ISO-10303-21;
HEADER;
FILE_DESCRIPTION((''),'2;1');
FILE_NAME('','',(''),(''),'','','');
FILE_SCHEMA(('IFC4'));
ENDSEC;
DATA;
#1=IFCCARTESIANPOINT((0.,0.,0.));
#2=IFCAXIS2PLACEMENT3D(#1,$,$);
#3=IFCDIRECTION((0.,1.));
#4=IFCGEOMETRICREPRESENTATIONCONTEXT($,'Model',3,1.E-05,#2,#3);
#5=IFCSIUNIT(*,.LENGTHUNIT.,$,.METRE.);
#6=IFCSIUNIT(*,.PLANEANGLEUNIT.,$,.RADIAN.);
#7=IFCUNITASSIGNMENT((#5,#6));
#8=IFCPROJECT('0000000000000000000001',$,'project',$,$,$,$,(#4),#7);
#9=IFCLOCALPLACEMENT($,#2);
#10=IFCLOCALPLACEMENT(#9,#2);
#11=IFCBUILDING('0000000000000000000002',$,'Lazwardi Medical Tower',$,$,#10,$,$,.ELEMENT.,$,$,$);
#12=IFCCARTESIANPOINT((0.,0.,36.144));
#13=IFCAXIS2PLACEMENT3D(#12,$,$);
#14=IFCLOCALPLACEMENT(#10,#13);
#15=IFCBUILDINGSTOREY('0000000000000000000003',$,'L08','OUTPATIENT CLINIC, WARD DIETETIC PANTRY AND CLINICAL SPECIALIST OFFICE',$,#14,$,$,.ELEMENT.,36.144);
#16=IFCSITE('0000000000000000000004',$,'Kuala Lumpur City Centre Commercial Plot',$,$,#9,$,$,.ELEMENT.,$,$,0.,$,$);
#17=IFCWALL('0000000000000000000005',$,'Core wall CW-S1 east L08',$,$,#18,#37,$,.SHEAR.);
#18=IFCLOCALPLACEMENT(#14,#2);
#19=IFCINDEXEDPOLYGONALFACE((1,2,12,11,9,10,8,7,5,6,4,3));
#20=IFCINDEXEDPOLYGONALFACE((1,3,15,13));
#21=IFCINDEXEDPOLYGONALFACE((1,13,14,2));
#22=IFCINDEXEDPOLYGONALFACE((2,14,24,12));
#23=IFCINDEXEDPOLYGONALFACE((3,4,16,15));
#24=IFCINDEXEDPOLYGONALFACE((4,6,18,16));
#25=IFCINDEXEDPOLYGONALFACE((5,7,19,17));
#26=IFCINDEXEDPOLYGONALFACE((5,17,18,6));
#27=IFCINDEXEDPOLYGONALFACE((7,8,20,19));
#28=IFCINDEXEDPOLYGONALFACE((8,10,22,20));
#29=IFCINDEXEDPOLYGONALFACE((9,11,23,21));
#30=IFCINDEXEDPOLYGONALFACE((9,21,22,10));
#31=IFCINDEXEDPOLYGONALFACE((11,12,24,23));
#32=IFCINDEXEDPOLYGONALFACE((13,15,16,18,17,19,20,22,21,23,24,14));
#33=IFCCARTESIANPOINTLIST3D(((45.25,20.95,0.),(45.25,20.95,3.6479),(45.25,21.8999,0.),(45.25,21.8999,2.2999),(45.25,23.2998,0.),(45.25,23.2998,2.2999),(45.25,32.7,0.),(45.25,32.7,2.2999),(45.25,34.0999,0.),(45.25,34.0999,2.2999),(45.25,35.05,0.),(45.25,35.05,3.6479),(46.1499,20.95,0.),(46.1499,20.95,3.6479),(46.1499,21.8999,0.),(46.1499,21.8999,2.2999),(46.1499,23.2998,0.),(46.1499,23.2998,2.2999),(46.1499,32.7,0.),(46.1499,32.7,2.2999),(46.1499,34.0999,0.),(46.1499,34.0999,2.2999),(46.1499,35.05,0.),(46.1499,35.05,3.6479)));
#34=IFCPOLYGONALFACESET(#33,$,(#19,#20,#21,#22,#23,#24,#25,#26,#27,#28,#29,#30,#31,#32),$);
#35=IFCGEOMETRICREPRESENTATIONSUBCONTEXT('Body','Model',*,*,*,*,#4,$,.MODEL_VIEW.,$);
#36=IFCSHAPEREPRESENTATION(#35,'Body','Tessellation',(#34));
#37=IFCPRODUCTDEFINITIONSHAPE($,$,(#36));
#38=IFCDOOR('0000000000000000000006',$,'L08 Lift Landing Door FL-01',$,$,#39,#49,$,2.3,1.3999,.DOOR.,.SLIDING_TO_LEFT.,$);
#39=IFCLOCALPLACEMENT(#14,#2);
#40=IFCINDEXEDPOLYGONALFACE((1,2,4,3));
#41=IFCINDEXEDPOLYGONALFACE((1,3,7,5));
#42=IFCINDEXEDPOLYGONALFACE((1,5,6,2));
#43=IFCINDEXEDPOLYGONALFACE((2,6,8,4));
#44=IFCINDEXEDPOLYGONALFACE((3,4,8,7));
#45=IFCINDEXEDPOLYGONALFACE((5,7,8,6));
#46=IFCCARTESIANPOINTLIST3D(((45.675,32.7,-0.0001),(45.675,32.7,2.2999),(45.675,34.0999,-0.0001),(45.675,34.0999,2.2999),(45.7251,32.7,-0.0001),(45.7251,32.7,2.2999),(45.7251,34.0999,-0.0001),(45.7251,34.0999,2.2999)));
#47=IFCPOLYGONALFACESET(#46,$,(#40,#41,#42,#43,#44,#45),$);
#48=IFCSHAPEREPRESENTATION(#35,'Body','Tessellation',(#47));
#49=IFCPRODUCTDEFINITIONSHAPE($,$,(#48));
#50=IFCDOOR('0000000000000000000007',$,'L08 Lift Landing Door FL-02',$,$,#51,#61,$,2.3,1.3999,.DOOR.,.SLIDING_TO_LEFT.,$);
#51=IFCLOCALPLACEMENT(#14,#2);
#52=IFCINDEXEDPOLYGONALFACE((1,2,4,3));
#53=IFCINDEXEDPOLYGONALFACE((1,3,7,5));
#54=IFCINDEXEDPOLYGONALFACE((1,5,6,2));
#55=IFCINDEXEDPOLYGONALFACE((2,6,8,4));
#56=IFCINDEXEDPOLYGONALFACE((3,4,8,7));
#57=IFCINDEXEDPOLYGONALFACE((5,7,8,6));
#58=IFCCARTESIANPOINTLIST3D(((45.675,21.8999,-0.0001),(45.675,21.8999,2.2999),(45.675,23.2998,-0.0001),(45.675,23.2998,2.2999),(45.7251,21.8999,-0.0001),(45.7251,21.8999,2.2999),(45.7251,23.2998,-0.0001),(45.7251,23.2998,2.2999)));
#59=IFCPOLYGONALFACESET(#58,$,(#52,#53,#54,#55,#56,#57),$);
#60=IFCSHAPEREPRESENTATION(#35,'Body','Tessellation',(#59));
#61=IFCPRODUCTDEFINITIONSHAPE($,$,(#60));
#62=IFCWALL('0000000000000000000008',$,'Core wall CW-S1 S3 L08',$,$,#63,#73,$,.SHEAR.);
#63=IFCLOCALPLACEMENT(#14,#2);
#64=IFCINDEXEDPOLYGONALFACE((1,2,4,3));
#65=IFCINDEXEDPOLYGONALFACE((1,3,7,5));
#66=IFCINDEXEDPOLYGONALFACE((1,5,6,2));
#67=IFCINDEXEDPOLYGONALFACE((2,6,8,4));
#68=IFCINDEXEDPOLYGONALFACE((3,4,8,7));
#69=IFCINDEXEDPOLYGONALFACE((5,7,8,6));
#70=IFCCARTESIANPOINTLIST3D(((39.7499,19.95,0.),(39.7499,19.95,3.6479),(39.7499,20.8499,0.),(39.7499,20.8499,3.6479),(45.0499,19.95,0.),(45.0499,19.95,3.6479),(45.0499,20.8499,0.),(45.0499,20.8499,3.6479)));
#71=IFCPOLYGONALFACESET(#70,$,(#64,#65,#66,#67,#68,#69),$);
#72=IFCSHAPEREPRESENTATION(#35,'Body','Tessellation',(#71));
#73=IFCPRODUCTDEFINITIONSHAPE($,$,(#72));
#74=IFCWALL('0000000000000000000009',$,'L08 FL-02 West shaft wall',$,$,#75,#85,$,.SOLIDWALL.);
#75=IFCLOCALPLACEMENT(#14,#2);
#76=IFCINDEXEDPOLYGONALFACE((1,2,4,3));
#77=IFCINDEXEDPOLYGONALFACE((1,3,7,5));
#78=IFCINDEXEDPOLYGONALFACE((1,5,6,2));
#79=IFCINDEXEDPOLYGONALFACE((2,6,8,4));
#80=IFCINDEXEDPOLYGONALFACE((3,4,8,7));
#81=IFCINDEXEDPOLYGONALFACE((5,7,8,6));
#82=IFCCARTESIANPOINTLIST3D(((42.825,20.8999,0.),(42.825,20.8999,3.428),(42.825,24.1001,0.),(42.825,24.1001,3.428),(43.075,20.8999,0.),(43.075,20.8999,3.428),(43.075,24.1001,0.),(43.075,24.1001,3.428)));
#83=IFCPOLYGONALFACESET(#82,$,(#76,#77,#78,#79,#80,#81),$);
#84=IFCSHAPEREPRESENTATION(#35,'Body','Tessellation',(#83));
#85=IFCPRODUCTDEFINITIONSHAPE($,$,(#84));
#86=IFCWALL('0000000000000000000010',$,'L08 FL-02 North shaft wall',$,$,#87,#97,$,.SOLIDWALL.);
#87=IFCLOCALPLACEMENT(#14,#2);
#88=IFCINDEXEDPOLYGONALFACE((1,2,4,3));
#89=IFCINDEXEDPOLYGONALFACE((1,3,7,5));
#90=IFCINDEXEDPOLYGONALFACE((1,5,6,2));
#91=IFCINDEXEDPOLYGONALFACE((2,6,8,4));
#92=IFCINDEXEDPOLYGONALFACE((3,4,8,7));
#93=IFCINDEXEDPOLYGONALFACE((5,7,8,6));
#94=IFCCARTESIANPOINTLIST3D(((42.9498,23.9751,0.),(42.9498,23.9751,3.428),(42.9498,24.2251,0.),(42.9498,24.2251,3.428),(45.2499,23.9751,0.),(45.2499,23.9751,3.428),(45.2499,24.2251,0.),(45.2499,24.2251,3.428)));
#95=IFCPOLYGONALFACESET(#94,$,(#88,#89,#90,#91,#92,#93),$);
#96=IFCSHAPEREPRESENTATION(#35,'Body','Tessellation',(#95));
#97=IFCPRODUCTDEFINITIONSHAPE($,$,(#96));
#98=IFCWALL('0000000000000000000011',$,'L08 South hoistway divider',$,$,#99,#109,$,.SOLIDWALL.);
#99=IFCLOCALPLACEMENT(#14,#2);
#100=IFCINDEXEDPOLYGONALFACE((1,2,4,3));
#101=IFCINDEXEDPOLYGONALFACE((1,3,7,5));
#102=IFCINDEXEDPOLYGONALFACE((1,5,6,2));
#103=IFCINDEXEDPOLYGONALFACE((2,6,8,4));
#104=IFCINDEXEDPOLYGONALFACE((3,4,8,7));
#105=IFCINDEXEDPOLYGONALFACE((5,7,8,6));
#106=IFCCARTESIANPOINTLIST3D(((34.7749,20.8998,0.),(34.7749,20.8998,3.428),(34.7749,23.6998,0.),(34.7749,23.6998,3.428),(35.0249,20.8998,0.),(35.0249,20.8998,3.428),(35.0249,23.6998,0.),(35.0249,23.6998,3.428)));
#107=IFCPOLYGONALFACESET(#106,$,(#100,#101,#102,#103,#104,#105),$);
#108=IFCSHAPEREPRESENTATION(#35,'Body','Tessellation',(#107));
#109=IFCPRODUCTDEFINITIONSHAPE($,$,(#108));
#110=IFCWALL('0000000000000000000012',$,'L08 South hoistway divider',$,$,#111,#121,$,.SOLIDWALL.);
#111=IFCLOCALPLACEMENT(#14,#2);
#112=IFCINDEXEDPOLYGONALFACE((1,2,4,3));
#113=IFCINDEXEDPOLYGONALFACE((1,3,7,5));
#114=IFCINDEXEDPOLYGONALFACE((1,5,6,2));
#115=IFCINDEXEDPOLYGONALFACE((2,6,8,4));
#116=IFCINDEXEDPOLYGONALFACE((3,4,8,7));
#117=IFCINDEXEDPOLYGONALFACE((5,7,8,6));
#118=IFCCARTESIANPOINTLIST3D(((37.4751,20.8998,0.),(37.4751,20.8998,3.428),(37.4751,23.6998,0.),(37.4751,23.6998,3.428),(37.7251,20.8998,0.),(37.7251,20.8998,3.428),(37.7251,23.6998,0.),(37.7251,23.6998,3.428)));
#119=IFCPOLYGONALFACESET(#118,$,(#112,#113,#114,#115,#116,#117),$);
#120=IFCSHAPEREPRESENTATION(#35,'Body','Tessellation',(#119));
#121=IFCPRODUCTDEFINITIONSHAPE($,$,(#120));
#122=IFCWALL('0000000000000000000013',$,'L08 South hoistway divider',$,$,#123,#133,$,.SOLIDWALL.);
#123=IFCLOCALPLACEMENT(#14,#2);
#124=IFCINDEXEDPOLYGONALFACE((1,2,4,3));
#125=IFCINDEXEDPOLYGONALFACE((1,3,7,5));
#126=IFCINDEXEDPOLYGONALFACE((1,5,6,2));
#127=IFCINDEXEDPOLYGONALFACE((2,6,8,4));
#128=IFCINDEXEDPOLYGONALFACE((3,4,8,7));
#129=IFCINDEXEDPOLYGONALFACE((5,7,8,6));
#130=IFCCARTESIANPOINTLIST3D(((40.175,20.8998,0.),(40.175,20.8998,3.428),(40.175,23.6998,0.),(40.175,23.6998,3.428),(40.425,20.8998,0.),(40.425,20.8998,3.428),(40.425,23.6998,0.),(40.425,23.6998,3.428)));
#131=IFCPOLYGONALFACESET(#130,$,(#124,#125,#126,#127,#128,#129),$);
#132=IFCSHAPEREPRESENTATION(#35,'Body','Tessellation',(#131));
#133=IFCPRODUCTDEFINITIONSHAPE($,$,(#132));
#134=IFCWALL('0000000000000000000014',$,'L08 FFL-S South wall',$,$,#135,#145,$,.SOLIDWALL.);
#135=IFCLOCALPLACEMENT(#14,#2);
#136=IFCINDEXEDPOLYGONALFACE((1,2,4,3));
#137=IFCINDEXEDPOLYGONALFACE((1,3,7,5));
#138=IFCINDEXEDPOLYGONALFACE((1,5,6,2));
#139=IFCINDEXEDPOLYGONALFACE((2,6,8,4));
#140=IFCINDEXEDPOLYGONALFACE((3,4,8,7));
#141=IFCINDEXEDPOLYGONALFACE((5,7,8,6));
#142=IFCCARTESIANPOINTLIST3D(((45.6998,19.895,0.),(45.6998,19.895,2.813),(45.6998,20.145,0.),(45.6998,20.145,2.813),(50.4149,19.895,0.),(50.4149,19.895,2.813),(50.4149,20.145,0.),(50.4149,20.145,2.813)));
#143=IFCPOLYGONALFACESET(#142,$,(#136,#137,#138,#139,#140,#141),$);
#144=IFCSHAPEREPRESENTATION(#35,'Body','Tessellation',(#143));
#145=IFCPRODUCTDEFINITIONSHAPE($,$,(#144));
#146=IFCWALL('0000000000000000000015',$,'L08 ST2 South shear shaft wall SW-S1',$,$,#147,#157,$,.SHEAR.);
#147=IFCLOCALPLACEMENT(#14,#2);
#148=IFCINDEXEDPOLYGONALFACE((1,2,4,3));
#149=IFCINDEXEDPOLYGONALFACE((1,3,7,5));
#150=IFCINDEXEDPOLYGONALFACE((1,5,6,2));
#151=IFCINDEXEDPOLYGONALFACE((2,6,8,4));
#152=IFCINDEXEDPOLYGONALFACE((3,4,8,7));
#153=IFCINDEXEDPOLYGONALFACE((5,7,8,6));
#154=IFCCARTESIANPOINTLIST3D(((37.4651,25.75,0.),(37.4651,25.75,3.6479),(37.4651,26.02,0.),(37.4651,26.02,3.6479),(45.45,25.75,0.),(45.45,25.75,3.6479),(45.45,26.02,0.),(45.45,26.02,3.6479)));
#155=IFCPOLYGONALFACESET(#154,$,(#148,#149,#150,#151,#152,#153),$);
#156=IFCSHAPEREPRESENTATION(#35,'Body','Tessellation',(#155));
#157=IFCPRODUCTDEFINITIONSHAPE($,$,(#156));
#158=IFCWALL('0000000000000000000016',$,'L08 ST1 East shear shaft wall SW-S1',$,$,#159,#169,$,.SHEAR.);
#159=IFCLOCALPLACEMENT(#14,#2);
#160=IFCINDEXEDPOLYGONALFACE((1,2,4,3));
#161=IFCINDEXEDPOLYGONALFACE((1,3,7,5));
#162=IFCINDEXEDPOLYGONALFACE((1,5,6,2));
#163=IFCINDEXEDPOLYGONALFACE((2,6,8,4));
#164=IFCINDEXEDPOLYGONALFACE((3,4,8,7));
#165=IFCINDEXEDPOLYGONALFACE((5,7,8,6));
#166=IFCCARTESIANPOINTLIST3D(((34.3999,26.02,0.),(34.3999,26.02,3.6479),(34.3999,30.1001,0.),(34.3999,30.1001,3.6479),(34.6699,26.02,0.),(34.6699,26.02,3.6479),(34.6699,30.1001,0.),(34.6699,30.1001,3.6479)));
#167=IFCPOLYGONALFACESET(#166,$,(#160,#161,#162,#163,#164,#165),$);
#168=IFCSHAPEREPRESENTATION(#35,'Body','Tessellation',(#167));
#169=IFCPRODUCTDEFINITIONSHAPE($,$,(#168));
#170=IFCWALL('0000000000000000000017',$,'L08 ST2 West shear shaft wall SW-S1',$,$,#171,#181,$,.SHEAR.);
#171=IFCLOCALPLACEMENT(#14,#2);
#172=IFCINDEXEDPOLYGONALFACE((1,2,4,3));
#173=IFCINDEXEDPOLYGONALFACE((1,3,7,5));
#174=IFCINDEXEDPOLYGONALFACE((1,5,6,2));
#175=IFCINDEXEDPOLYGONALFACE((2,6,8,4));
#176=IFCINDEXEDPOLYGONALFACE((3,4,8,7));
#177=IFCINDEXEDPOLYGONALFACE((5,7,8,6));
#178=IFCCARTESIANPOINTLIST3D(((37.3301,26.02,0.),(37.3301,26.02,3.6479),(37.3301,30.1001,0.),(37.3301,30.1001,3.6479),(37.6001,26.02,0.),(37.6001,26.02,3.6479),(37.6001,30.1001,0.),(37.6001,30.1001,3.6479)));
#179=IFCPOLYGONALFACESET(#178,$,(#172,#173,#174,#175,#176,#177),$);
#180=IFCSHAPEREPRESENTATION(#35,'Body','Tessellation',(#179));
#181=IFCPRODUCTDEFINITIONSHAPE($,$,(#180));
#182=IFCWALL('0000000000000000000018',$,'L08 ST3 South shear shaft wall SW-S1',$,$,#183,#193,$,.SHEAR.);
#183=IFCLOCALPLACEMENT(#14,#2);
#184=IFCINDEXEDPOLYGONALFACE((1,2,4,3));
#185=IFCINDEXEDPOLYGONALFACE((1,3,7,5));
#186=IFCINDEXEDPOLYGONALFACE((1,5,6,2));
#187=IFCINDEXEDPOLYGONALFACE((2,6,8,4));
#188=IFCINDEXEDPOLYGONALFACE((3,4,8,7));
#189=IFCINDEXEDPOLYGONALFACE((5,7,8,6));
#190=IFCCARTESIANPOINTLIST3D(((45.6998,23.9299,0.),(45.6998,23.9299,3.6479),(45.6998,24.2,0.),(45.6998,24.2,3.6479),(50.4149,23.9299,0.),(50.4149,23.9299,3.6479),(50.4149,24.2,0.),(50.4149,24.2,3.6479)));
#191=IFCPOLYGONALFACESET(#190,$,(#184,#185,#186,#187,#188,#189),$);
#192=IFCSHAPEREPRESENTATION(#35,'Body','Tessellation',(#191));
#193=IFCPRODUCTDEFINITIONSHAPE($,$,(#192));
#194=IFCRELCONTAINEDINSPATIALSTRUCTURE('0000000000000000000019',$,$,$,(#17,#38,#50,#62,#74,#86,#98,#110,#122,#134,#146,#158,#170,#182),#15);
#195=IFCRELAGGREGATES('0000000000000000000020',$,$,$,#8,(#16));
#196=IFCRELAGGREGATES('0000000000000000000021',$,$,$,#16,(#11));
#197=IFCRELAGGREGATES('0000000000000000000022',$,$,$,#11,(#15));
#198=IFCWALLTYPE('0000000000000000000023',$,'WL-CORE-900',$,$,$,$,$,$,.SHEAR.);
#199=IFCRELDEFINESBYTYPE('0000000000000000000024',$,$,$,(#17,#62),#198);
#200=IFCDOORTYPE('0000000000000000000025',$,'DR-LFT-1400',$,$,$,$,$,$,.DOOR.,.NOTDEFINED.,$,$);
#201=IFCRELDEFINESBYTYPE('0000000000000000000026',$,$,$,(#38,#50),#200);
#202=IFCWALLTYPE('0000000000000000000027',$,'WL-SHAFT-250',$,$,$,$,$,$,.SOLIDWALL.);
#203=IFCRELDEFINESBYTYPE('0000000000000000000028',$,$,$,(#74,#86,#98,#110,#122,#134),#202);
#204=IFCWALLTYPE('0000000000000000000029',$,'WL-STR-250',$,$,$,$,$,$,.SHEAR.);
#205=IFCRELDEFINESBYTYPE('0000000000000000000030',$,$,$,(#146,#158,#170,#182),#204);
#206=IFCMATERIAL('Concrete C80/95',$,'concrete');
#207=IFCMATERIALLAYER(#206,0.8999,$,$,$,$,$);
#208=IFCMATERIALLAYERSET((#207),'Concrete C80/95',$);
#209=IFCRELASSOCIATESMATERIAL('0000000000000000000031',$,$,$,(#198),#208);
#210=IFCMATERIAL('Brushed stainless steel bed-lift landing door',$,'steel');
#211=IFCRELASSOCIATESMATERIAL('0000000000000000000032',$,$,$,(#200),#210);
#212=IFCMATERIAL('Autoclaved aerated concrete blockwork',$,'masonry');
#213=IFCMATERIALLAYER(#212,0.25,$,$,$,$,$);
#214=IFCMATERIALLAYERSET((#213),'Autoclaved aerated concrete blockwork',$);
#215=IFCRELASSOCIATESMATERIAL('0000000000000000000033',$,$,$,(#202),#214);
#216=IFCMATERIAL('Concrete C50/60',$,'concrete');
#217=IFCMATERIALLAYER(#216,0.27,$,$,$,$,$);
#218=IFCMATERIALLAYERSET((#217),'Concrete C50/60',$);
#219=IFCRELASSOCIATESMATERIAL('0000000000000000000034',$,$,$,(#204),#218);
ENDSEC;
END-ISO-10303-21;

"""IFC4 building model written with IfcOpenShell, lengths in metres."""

from ifc_helpers import new_model, si_unit, direction, frame, frame_2d, origin, place, context, subcontext, project, spatial, rectangle, extrude, material, layer, layer_set, type_object, element, fill, save


model = new_model("IFC4")

# Units and contexts
model_context = context("Model", 3, precision=1e-05, world=origin(), true_north=direction((0.0, 1.0)))
body_context = subcontext(model_context, "Body", "Model", "MODEL_VIEW")
ifc_project = project(units=[si_unit("LENGTHUNIT", "METRE"), si_unit("PLANEANGLEUNIT", "RADIAN")], contexts=[model_context])

# Site, building, storey
site_placement = place(None, origin())
site = spatial("IfcSite", under=ifc_project, at=site_placement, Name="Kuala Lumpur City Centre Commercial Plot", CompositionType="ELEMENT", RefElevation=0.0)
building_placement = place(site_placement, origin())
building = spatial("IfcBuilding", under=site, at=building_placement, Name="Lazwardi Medical Tower", CompositionType="ELEMENT")
storey_placement = place(building_placement, frame((0.0, 0.0, 36.144)))
storey = spatial("IfcBuildingStorey", under=building, at=storey_placement, Name="L08", Description="OUTPATIENT CLINIC, WARD DIETETIC PANTRY AND CLINICAL SPECIALIST OFFICE", CompositionType="ELEMENT", Elevation=36.144)

# Shared definitions
ifc_material_1 = material(Name="Concrete C80/95", Category="concrete")

# Wall, openings, doors
ifc_layer_1 = layer(ifc_material_1, 0.8999)
ifc_layer_set_1 = layer_set([ifc_layer_1], Name="Concrete C80/95")
wall_type_1 = type_object("IfcWallType", Name="WL-CORE-900", PredefinedType="SHEAR", material=ifc_layer_set_1)
wall_1_placement = place(storey_placement, frame((45.7, 20.95, 0.0), z_axis=(0.0, 0.0, 1.0), x_axis=(0.0, 1.0, 0.0)))
wall_1 = element("IfcWall", 1, at=wall_1_placement, inside=storey, type_object=wall_type_1, Name="Core wall CW-S1 east L08", PredefinedType="SHEAR", context=body_context, shape_type="SweptSolid", body=[
    extrude(rectangle(XDim=14.1001, YDim=0.8999, at=frame_2d((7.05, 0.0))), origin(), (0.0, 0.0, 1.0), 3.6479),
])
opening_1_placement = place(wall_1_placement, frame((11.75, 0.0, 0.0)))
opening_1 = element("IfcOpeningElement", 2, at=opening_1_placement, cuts=wall_1, PredefinedType="OPENING", context=body_context, shape_type="SweptSolid", body=[
    extrude(rectangle(XDim=1.3999, YDim=2.3, at=frame_2d((0.7, 1.1499))), frame((0.0, 0.46, 0.0), z_axis=(0.0, -1.0, 0.0), x_axis=(1.0, 0.0, 0.0)), (0.0, 0.0, 1.0), 0.9199),
])
opening_2_placement = place(wall_1_placement, frame((0.95, 0.0, 0.0)))
opening_2 = element("IfcOpeningElement", 3, at=opening_2_placement, cuts=wall_1, PredefinedType="OPENING", context=body_context, shape_type="SweptSolid", body=[
    extrude(rectangle(XDim=1.3999, YDim=2.3, at=frame_2d((0.7, 1.1499))), frame((0.0, 0.46, 0.0), z_axis=(0.0, -1.0, 0.0), x_axis=(1.0, 0.0, 0.0)), (0.0, 0.0, 1.0), 0.9199),
])
ifc_material_2 = material(Name="Brushed stainless steel bed-lift landing door", Category="steel")
door_type_1 = type_object("IfcDoorType", Name="DR-LFT-1400", OperationType="NOTDEFINED", PredefinedType="DOOR", material=ifc_material_2)
door_1_placement = place(opening_1_placement, origin())
door_1 = element("IfcDoor", 4, at=door_1_placement, inside=storey, type_object=door_type_1, Name="L08 Lift Landing Door FL-01", OperationType="SLIDING_TO_LEFT", OverallHeight=2.3, OverallWidth=1.3999, PredefinedType="DOOR", context=body_context, shape_type="SweptSolid", body=[
    extrude(rectangle(XDim=1.3999, YDim=2.3, at=frame_2d((0.7, 1.1499))), frame((0.0, 0.0249, 0.0), z_axis=(0.0, -1.0, 0.0), x_axis=(1.0, 0.0, 0.0)), (0.0, 0.0, 1.0), 0.05),
])
fill(opening_1, door_1)
door_2_placement = place(opening_2_placement, origin())
door_2 = element("IfcDoor", 5, at=door_2_placement, inside=storey, type_object=door_type_1, Name="L08 Lift Landing Door FL-02", OperationType="SLIDING_TO_LEFT", OverallHeight=2.3, OverallWidth=1.3999, PredefinedType="DOOR", context=body_context, shape_type="SweptSolid", body=[
    extrude(rectangle(XDim=1.3999, YDim=2.3, at=frame_2d((0.7, 1.1499))), frame((0.0, 0.0249, 0.0), z_axis=(0.0, -1.0, 0.0), x_axis=(1.0, 0.0, 0.0)), (0.0, 0.0, 1.0), 0.05),
])
fill(opening_2, door_2)

# Walls
wall_2_placement = place(storey_placement, frame((39.75, 20.3999, 0.0), z_axis=(0.0, 0.0, 1.0), x_axis=(1.0, 0.0, 0.0)))
element("IfcWall", 6, at=wall_2_placement, inside=storey, type_object=wall_type_1, Name="Core wall CW-S1 S3 L08", PredefinedType="SHEAR", context=body_context, shape_type="SweptSolid", body=[
    extrude(rectangle(XDim=5.3, YDim=0.8999, at=frame_2d((2.6499, 0.0))), origin(), (0.0, 0.0, 1.0), 3.6479),
])
ifc_material_3 = material(Name="Autoclaved aerated concrete blockwork", Category="masonry")
ifc_layer_2 = layer(ifc_material_3, 0.25)
ifc_layer_set_2 = layer_set([ifc_layer_2], Name="Autoclaved aerated concrete blockwork")
wall_type_2 = type_object("IfcWallType", Name="WL-SHAFT-250", PredefinedType="SOLIDWALL", material=ifc_layer_set_2)
wall_3_placement = place(storey_placement, frame((42.95, 20.8999, 0.0), z_axis=(0.0, 0.0, 1.0), x_axis=(0.0, 1.0, 0.0)))
element("IfcWall", 7, at=wall_3_placement, inside=storey, type_object=wall_type_2, Name="L08 FL-02 West shaft wall", PredefinedType="SOLIDWALL", context=body_context, shape_type="SweptSolid", body=[
    extrude(rectangle(XDim=3.2002, YDim=0.25, at=frame_2d((1.6001, 0.0))), origin(), (0.0, 0.0, 1.0), 3.428),
])
wall_4_placement = place(storey_placement, frame((42.95, 24.1001, 0.0), z_axis=(0.0, 0.0, 1.0), x_axis=(1.0, 0.0, 0.0)))
element("IfcWall", 8, at=wall_4_placement, inside=storey, type_object=wall_type_2, Name="L08 FL-02 North shaft wall", PredefinedType="SOLIDWALL", context=body_context, shape_type="SweptSolid", body=[
    extrude(rectangle(XDim=2.3, YDim=0.25, at=frame_2d((1.1499, 0.0))), origin(), (0.0, 0.0, 1.0), 3.428),
])
for number, where, z_axis, x_axis, name in (
    (9, (34.8999, 20.8999, 0.0), (0.0, 0.0, 1.0), (0.0, 1.0, 0.0), "L08 South hoistway divider"),
    (10, (37.6001, 20.8999, 0.0), (0.0, 0.0, 1.0), (0.0, 1.0, 0.0), "L08 South hoistway divider"),
    (11, (40.3, 20.8999, 0.0), (0.0, 0.0, 1.0), (0.0, 1.0, 0.0), "L08 South hoistway divider"),
):
    element("IfcWall", number, at=place(storey_placement, frame(where, z_axis=z_axis, x_axis=x_axis)), inside=storey, type_object=wall_type_2, Name=name, PredefinedType="SOLIDWALL", context=body_context, shape_type="SweptSolid", body=[
        extrude(rectangle(XDim=2.8, YDim=0.25, at=frame_2d((1.3999, 0.0))), origin(), (0.0, 0.0, 1.0), 3.428),
    ])
wall_5_placement = place(storey_placement, frame((45.7, 20.02, 0.0), z_axis=(0.0, 0.0, 1.0), x_axis=(1.0, 0.0, 0.0)))
element("IfcWall", 12, at=wall_5_placement, inside=storey, type_object=wall_type_2, Name="L08 FFL-S South wall", PredefinedType="SOLIDWALL", context=body_context, shape_type="SweptSolid", body=[
    extrude(rectangle(XDim=4.7151, YDim=0.25, at=frame_2d((2.3574, 0.0))), origin(), (0.0, 0.0, 1.0), 2.813),
])
ifc_material_4 = material(Name="Concrete C50/60", Category="concrete")
ifc_layer_3 = layer(ifc_material_4, 0.27)
ifc_layer_set_3 = layer_set([ifc_layer_3], Name="Concrete C50/60")
wall_type_3 = type_object("IfcWallType", Name="WL-STR-250", PredefinedType="SHEAR", material=ifc_layer_set_3)
wall_6_placement = place(storey_placement, frame((37.4651, 25.885, 0.0), z_axis=(0.0, 0.0, 1.0), x_axis=(1.0, 0.0, 0.0)))
element("IfcWall", 13, at=wall_6_placement, inside=storey, type_object=wall_type_3, Name="L08 ST2 South shear shaft wall SW-S1", PredefinedType="SHEAR", context=body_context, shape_type="SweptSolid", body=[
    extrude(rectangle(XDim=7.9849, YDim=0.27, at=frame_2d((3.9924, 0.0))), origin(), (0.0, 0.0, 1.0), 3.6479),
])
for number, where, z_axis, x_axis, name in (
    (14, (34.5349, 26.02, 0.0), (0.0, 0.0, 1.0), (0.0, 1.0, 0.0), "L08 ST1 East shear shaft wall SW-S1"),
    (15, (37.4651, 26.02, 0.0), (0.0, 0.0, 1.0), (0.0, 1.0, 0.0), "L08 ST2 West shear shaft wall SW-S1"),
):
    element("IfcWall", number, at=place(storey_placement, frame(where, z_axis=z_axis, x_axis=x_axis)), inside=storey, type_object=wall_type_3, Name=name, PredefinedType="SHEAR", context=body_context, shape_type="SweptSolid", body=[
        extrude(rectangle(XDim=4.0801, YDim=0.27, at=frame_2d((2.04, 0.0))), origin(), (0.0, 0.0, 1.0), 3.6479),
    ])
wall_7_placement = place(storey_placement, frame((45.7, 24.0649, 0.0), z_axis=(0.0, 0.0, 1.0), x_axis=(1.0, 0.0, 0.0)))
element("IfcWall", 16, at=wall_7_placement, inside=storey, type_object=wall_type_3, Name="L08 ST3 South shear shaft wall SW-S1", PredefinedType="SHEAR", context=body_context, shape_type="SweptSolid", body=[
    extrude(rectangle(XDim=4.7151, YDim=0.27, at=frame_2d((2.3574, 0.0))), origin(), (0.0, 0.0, 1.0), 3.6479),
])

save(model, "model.ifc")
